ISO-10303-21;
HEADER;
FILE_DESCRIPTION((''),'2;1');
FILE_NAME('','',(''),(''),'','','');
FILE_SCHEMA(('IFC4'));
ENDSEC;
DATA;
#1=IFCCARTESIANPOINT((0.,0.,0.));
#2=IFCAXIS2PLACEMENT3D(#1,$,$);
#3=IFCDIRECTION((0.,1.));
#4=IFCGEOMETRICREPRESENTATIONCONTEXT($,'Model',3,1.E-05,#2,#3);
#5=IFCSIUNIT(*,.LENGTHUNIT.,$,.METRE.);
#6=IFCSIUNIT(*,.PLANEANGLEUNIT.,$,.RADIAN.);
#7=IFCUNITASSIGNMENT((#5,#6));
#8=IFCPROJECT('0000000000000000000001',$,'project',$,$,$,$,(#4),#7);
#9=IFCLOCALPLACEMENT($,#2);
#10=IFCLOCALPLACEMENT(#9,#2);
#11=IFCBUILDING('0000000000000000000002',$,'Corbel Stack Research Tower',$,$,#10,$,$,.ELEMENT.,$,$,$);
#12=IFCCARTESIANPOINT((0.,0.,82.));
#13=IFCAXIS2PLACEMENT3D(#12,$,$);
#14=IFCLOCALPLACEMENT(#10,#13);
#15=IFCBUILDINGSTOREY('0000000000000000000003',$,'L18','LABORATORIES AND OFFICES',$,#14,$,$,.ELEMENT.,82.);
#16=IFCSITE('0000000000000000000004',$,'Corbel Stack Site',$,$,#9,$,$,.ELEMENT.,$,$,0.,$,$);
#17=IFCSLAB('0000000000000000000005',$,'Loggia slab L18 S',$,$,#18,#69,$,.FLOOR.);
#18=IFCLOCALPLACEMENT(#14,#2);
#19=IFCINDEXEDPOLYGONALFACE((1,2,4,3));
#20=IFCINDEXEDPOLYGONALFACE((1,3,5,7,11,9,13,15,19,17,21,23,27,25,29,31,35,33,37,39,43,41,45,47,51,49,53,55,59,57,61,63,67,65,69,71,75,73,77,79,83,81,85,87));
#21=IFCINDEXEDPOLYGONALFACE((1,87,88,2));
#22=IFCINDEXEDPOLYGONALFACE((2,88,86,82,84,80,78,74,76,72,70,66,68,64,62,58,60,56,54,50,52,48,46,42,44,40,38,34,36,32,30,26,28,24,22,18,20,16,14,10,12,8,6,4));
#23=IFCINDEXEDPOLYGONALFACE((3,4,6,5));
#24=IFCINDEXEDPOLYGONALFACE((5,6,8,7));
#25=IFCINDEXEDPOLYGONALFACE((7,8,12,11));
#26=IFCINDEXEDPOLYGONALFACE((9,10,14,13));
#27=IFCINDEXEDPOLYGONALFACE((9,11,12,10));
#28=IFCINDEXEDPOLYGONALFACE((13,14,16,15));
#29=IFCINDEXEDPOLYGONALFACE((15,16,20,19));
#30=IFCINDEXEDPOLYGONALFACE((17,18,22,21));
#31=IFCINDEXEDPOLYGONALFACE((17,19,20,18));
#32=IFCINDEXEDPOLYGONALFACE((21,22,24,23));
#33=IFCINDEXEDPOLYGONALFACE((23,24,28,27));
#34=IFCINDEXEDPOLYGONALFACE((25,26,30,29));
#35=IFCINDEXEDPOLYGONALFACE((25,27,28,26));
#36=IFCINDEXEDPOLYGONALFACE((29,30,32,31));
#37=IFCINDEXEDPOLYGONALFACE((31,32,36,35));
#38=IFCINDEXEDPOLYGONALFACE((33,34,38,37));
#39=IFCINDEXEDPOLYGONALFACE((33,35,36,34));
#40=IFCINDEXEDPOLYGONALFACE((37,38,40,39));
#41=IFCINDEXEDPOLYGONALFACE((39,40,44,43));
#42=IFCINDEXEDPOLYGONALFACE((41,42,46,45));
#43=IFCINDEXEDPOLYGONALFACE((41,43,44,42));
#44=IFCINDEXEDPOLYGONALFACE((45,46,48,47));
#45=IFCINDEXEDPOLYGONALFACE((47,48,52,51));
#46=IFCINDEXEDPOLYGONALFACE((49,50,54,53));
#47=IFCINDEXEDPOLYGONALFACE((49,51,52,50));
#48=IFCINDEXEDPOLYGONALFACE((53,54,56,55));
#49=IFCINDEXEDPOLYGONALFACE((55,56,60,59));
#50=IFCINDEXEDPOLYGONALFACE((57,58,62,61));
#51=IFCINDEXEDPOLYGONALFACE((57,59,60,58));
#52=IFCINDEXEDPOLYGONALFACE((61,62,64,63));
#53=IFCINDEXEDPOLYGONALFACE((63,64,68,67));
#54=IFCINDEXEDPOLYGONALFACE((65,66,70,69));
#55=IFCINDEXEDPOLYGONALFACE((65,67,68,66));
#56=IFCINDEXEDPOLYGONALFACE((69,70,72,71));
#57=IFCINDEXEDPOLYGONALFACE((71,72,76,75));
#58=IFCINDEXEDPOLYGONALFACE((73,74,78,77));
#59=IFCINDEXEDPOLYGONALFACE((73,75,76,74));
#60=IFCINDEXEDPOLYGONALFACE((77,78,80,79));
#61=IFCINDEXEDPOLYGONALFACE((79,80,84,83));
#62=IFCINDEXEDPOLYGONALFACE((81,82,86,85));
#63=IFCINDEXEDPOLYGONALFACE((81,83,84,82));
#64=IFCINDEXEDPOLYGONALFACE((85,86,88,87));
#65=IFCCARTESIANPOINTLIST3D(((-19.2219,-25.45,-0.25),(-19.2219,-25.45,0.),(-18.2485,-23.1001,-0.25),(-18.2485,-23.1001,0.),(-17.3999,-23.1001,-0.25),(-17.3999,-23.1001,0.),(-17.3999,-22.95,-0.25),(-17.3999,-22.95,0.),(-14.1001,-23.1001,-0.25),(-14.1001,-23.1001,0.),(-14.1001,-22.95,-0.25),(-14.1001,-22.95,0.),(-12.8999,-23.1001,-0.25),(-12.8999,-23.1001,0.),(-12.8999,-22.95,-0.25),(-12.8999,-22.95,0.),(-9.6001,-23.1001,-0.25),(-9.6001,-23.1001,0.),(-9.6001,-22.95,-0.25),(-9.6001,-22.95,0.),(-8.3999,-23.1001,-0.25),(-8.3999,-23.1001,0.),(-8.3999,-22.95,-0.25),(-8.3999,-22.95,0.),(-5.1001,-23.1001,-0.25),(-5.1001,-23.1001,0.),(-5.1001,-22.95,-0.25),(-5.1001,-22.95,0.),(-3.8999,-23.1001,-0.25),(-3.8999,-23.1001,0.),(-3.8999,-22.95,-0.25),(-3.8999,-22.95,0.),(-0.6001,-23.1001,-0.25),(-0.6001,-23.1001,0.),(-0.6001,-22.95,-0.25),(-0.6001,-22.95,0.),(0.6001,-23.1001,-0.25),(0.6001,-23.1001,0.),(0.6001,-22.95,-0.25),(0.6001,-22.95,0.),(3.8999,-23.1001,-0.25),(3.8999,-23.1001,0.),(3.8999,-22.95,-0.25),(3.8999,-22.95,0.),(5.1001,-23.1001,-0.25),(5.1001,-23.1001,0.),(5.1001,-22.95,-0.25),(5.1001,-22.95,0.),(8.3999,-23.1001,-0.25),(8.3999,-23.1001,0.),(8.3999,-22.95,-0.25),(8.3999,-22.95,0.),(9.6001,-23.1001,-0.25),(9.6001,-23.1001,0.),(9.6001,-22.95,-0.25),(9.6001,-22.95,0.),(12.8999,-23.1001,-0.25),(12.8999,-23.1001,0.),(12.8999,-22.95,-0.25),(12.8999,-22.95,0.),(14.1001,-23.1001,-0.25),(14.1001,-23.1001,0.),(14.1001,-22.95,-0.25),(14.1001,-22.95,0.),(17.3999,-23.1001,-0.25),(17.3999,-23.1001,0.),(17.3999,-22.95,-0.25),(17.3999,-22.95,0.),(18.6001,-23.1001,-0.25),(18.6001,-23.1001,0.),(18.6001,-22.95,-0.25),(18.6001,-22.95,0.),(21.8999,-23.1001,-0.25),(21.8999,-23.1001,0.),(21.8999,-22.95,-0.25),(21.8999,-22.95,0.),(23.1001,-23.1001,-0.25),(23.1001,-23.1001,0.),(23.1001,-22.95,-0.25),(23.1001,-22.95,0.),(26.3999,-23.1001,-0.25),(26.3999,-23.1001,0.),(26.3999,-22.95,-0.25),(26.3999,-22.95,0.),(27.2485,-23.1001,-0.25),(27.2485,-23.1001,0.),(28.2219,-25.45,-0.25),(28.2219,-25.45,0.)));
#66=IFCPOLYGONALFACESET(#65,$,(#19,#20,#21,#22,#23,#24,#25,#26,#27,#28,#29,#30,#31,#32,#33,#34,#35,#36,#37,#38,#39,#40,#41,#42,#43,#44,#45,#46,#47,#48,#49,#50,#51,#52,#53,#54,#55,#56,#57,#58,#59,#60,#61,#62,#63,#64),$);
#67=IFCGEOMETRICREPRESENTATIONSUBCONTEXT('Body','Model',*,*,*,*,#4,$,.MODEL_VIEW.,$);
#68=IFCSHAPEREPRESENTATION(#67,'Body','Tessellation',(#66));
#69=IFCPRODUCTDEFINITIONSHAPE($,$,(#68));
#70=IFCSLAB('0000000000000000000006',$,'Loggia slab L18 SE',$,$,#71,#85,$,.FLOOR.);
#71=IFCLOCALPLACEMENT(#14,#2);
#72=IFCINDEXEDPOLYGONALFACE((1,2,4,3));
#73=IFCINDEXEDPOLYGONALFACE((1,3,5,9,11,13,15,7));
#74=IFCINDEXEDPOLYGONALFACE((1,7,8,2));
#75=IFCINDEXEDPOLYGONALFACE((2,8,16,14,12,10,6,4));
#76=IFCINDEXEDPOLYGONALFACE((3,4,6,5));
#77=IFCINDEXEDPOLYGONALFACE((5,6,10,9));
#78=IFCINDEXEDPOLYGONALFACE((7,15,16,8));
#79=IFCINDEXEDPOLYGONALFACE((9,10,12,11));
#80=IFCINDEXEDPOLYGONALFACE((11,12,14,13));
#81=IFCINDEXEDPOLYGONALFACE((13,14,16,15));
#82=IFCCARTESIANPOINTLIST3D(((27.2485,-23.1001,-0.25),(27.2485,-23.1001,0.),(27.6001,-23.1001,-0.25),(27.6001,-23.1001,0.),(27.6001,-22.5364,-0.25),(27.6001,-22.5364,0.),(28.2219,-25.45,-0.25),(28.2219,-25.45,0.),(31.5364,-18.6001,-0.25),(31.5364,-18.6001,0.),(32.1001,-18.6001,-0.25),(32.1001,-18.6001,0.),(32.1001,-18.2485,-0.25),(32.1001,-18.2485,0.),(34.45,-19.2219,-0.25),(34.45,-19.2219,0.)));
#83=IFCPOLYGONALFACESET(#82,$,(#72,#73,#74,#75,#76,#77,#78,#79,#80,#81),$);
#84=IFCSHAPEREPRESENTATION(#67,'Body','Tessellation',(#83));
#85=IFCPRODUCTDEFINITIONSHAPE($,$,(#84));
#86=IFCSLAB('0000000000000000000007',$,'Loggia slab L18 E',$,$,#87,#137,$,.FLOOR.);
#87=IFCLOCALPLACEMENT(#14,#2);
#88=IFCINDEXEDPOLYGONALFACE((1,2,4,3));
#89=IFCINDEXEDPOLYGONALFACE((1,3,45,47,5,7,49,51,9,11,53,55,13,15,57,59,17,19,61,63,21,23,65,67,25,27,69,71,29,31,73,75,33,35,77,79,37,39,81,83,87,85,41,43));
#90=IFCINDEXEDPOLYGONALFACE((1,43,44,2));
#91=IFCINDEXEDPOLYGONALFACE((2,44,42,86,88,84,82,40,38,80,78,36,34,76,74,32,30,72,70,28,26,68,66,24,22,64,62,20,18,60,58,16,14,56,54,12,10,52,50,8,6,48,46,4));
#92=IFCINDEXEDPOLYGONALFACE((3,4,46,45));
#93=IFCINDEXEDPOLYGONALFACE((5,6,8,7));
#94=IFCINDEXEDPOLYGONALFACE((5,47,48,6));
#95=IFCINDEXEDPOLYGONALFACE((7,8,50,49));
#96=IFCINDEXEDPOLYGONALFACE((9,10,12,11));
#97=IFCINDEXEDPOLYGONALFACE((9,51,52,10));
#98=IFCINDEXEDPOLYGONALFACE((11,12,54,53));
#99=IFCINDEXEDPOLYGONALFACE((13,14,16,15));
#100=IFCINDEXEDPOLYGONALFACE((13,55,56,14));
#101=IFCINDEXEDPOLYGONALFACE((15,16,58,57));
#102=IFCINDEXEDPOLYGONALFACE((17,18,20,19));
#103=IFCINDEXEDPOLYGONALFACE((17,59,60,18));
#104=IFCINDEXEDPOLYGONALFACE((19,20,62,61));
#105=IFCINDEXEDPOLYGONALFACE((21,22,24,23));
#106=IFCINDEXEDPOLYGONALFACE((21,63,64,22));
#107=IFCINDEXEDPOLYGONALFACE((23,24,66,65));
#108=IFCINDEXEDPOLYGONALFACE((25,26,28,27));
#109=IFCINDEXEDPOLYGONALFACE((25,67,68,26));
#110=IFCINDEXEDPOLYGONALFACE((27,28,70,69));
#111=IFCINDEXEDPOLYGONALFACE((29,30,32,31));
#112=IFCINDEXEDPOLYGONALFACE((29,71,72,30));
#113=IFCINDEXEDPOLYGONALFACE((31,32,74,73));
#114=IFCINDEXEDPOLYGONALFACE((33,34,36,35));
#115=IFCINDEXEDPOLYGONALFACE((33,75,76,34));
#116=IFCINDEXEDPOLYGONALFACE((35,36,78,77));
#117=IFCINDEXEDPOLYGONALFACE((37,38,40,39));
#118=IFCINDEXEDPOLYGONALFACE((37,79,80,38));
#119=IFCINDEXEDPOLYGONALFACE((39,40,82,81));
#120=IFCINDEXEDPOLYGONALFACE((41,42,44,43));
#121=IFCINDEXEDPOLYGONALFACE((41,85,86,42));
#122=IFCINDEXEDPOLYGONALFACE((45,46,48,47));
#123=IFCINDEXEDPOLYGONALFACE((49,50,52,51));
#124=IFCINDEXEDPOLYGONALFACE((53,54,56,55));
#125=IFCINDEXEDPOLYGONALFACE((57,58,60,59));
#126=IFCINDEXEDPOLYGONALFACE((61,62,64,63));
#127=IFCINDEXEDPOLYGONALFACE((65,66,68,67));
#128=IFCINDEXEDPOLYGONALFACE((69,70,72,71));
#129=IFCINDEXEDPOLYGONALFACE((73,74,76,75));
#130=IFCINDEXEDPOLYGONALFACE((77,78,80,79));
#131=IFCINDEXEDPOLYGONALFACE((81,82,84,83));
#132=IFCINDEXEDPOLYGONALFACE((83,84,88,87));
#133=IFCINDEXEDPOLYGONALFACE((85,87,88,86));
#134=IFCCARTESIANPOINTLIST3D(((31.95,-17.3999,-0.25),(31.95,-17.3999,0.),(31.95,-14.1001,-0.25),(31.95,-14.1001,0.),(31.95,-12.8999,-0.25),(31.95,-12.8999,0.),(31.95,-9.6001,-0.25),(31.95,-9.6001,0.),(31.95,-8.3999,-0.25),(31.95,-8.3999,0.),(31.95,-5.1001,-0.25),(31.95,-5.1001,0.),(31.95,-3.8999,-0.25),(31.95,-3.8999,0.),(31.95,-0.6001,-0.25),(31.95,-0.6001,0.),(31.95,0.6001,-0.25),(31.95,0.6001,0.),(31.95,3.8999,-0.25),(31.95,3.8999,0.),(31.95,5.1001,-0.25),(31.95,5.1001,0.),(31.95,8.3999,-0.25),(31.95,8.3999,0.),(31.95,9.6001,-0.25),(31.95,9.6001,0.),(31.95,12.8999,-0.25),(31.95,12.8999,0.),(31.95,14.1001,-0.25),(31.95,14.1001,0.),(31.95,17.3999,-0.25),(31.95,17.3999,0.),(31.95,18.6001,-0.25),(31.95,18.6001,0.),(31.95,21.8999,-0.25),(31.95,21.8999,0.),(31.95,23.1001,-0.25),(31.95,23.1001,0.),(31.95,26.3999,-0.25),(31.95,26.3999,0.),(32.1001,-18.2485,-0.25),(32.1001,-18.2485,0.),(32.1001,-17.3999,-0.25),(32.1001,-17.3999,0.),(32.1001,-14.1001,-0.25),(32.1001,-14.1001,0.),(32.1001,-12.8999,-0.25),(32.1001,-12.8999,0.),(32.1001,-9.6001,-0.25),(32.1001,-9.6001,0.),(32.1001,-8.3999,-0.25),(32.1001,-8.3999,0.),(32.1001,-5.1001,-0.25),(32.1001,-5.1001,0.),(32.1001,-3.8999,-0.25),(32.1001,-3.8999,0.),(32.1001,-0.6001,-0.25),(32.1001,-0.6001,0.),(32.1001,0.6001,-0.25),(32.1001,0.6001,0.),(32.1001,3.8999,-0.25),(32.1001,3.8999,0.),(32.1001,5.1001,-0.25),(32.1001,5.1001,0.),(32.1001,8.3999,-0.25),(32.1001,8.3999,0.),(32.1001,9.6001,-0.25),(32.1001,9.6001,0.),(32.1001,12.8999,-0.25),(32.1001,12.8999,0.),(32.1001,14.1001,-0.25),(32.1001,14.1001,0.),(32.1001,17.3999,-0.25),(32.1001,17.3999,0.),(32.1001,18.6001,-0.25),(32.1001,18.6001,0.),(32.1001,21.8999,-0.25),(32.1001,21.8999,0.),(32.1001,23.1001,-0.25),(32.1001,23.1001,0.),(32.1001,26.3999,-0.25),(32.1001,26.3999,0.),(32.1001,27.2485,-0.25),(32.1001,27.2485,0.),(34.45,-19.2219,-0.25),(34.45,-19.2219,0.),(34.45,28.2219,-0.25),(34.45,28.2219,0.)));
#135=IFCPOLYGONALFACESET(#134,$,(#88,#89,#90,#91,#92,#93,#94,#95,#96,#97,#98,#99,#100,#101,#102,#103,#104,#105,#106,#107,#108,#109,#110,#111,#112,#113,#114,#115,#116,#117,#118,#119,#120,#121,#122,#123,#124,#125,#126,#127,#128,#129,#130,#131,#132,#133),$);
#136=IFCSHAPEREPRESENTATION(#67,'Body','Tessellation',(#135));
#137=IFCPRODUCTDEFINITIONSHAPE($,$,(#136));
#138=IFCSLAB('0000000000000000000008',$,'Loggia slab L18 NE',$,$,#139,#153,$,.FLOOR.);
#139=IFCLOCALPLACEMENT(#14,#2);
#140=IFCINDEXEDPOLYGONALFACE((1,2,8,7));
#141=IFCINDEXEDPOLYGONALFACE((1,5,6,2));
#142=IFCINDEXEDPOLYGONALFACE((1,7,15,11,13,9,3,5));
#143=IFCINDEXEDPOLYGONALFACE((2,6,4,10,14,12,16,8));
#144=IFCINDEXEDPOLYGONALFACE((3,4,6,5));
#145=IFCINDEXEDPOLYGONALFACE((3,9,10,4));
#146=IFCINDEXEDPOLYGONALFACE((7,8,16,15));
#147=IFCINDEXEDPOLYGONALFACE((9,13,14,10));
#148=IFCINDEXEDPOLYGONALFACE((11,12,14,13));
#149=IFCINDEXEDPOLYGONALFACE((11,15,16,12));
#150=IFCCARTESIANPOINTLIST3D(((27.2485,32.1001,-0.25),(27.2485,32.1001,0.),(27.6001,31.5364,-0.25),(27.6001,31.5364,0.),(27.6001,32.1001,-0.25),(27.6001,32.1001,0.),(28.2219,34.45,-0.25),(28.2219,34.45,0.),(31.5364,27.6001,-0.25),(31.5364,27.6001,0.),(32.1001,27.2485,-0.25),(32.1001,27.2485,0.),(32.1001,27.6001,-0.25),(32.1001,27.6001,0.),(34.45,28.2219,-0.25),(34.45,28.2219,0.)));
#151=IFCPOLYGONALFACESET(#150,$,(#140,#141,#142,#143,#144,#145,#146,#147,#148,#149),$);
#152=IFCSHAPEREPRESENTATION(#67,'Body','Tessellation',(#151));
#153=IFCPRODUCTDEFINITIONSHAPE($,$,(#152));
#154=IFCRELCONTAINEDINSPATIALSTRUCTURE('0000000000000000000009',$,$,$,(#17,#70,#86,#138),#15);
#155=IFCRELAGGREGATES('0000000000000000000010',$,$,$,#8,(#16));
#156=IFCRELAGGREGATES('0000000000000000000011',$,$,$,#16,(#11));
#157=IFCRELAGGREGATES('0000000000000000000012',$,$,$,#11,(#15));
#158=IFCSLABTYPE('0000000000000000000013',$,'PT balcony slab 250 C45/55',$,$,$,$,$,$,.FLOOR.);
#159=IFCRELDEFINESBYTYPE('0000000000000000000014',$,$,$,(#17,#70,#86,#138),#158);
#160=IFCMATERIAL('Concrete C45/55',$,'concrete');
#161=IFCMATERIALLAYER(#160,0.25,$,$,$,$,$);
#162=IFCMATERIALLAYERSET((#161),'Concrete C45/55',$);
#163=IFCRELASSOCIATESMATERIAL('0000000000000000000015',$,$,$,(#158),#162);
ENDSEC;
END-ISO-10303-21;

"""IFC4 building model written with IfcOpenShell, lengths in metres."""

from ifc_helpers import new_model, si_unit, direction, frame, origin, place, context, subcontext, project, spatial, polyline, outline, extrude, material, layer, layer_set, type_object, element, save


model = new_model("IFC4")

# Units and contexts
model_context = context("Model", 3, precision=1e-05, world=origin(), true_north=direction((0.0, 1.0)))
body_context = subcontext(model_context, "Body", "Model", "MODEL_VIEW")
ifc_project = project(units=[si_unit("LENGTHUNIT", "METRE"), si_unit("PLANEANGLEUNIT", "RADIAN")], contexts=[model_context])

# Site, building, storey
site_placement = place(None, origin())
site = spatial("IfcSite", under=ifc_project, at=site_placement, Name="Corbel Stack Site", CompositionType="ELEMENT", RefElevation=0.0)
building_placement = place(site_placement, origin())
building = spatial("IfcBuilding", under=site, at=building_placement, Name="Corbel Stack Research Tower", CompositionType="ELEMENT")
storey_placement = place(building_placement, frame((0.0, 0.0, 82.0)))
storey = spatial("IfcBuildingStorey", under=building, at=storey_placement, Name="L18", Description="LABORATORIES AND OFFICES", CompositionType="ELEMENT", Elevation=82.0)

# Slabs
ifc_material_1 = material(Name="Concrete C45/55", Category="concrete")
ifc_layer_1 = layer(ifc_material_1, 0.25)
ifc_layer_set_1 = layer_set([ifc_layer_1], Name="Concrete C45/55")
slab_type_1 = type_object("IfcSlabType", Name="PT balcony slab 250 C45/55", PredefinedType="FLOOR", material=ifc_layer_set_1)
slab_1_placement = place(storey_placement, frame((0.0, 0.0, -0.25)))
element("IfcSlab", 1, at=slab_1_placement, inside=storey, type_object=slab_type_1, Name="Loggia slab L18 S", PredefinedType="FLOOR", context=body_context, shape_type="SweptSolid", body=[
    extrude(outline(polyline([(27.2485, -23.1001), (26.3999, -23.1001), (26.3999, -22.95), (23.1001, -22.95), (23.1001, -23.1001), (21.8999, -23.1001), (21.8999, -22.95), (18.6001, -22.95), (18.6001, -23.1001), (17.3999, -23.1001), (17.3999, -22.95), (14.1001, -22.95), (14.1001, -23.1001), (12.8999, -23.1001), (12.8999, -22.95), (9.6001, -22.95), (9.6001, -23.1001), (8.3999, -23.1001), (8.3999, -22.95), (5.1001, -22.95), (5.1001, -23.1001), (3.8999, -23.1001), (3.8999, -22.95), (0.6001, -22.95), (0.6001, -23.1001), (-0.6001, -23.1001), (-0.6001, -22.95), (-3.8999, -22.95), (-3.8999, -23.1001), (-5.1001, -23.1001), (-5.1001, -22.95), (-8.3999, -22.95), (-8.3999, -23.1001), (-9.6001, -23.1001), (-9.6001, -22.95), (-12.8999, -22.95), (-12.8999, -23.1001), (-14.1001, -23.1001), (-14.1001, -22.95), (-17.3999, -22.95), (-17.3999, -23.1001), (-18.2485, -23.1001), (-19.2219, -25.45), (28.2219, -25.45), (27.2485, -23.1001)])), origin(), (0.0, 0.0, 1.0), 0.25),
])
slab_2_placement = place(storey_placement, frame((0.0, 0.0, -0.25)))
element("IfcSlab", 2, at=slab_2_placement, inside=storey, type_object=slab_type_1, Name="Loggia slab L18 SE", PredefinedType="FLOOR", context=body_context, shape_type="SweptSolid", body=[
    extrude(outline(polyline([(32.1001, -18.2485), (32.1001, -18.6001), (31.5364, -18.6001), (27.6001, -22.5364), (27.6001, -23.1001), (27.2485, -23.1001), (28.2219, -25.45), (34.45, -19.2219), (32.1001, -18.2485)])), origin(), (0.0, 0.0, 1.0), 0.25),
])
slab_3_placement = place(storey_placement, frame((0.0, 0.0, -0.25)))
element("IfcSlab", 3, at=slab_3_placement, inside=storey, type_object=slab_type_1, Name="Loggia slab L18 E", PredefinedType="FLOOR", context=body_context, shape_type="SweptSolid", body=[
    extrude(outline(polyline([(32.1001, 27.2485), (32.1001, 26.3999), (31.95, 26.3999), (31.95, 23.1001), (32.1001, 23.1001), (32.1001, 21.8999), (31.95, 21.8999), (31.95, 18.6001), (32.1001, 18.6001), (32.1001, 17.3999), (31.95, 17.3999), (31.95, 14.1001), (32.1001, 14.1001), (32.1001, 12.8999), (31.95, 12.8999), (31.95, 9.6001), (32.1001, 9.6001), (32.1001, 8.3999), (31.95, 8.3999), (31.95, 5.1001), (32.1001, 5.1001), (32.1001, 3.8999), (31.95, 3.8999), (31.95, 0.6001), (32.1001, 0.6001), (32.1001, -0.6001), (31.95, -0.6001), (31.95, -3.8999), (32.1001, -3.8999), (32.1001, -5.1001), (31.95, -5.1001), (31.95, -8.3999), (32.1001, -8.3999), (32.1001, -9.6001), (31.95, -9.6001), (31.95, -12.8999), (32.1001, -12.8999), (32.1001, -14.1001), (31.95, -14.1001), (31.95, -17.3999), (32.1001, -17.3999), (32.1001, -18.2485), (34.45, -19.2219), (34.45, 28.2219), (32.1001, 27.2485)])), origin(), (0.0, 0.0, 1.0), 0.25),
])
slab_4_placement = place(storey_placement, frame((0.0, 0.0, -0.25)))
element("IfcSlab", 4, at=slab_4_placement, inside=storey, type_object=slab_type_1, Name="Loggia slab L18 NE", PredefinedType="FLOOR", context=body_context, shape_type="SweptSolid", body=[
    extrude(outline(polyline([(27.2485, 32.1001), (27.6001, 32.1001), (27.6001, 31.5364), (31.5364, 27.6001), (32.1001, 27.6001), (32.1001, 27.2485), (34.45, 28.2219), (28.2219, 34.45), (27.2485, 32.1001)])), origin(), (0.0, 0.0, 1.0), 0.25),
])

save(model, "model.ifc")
